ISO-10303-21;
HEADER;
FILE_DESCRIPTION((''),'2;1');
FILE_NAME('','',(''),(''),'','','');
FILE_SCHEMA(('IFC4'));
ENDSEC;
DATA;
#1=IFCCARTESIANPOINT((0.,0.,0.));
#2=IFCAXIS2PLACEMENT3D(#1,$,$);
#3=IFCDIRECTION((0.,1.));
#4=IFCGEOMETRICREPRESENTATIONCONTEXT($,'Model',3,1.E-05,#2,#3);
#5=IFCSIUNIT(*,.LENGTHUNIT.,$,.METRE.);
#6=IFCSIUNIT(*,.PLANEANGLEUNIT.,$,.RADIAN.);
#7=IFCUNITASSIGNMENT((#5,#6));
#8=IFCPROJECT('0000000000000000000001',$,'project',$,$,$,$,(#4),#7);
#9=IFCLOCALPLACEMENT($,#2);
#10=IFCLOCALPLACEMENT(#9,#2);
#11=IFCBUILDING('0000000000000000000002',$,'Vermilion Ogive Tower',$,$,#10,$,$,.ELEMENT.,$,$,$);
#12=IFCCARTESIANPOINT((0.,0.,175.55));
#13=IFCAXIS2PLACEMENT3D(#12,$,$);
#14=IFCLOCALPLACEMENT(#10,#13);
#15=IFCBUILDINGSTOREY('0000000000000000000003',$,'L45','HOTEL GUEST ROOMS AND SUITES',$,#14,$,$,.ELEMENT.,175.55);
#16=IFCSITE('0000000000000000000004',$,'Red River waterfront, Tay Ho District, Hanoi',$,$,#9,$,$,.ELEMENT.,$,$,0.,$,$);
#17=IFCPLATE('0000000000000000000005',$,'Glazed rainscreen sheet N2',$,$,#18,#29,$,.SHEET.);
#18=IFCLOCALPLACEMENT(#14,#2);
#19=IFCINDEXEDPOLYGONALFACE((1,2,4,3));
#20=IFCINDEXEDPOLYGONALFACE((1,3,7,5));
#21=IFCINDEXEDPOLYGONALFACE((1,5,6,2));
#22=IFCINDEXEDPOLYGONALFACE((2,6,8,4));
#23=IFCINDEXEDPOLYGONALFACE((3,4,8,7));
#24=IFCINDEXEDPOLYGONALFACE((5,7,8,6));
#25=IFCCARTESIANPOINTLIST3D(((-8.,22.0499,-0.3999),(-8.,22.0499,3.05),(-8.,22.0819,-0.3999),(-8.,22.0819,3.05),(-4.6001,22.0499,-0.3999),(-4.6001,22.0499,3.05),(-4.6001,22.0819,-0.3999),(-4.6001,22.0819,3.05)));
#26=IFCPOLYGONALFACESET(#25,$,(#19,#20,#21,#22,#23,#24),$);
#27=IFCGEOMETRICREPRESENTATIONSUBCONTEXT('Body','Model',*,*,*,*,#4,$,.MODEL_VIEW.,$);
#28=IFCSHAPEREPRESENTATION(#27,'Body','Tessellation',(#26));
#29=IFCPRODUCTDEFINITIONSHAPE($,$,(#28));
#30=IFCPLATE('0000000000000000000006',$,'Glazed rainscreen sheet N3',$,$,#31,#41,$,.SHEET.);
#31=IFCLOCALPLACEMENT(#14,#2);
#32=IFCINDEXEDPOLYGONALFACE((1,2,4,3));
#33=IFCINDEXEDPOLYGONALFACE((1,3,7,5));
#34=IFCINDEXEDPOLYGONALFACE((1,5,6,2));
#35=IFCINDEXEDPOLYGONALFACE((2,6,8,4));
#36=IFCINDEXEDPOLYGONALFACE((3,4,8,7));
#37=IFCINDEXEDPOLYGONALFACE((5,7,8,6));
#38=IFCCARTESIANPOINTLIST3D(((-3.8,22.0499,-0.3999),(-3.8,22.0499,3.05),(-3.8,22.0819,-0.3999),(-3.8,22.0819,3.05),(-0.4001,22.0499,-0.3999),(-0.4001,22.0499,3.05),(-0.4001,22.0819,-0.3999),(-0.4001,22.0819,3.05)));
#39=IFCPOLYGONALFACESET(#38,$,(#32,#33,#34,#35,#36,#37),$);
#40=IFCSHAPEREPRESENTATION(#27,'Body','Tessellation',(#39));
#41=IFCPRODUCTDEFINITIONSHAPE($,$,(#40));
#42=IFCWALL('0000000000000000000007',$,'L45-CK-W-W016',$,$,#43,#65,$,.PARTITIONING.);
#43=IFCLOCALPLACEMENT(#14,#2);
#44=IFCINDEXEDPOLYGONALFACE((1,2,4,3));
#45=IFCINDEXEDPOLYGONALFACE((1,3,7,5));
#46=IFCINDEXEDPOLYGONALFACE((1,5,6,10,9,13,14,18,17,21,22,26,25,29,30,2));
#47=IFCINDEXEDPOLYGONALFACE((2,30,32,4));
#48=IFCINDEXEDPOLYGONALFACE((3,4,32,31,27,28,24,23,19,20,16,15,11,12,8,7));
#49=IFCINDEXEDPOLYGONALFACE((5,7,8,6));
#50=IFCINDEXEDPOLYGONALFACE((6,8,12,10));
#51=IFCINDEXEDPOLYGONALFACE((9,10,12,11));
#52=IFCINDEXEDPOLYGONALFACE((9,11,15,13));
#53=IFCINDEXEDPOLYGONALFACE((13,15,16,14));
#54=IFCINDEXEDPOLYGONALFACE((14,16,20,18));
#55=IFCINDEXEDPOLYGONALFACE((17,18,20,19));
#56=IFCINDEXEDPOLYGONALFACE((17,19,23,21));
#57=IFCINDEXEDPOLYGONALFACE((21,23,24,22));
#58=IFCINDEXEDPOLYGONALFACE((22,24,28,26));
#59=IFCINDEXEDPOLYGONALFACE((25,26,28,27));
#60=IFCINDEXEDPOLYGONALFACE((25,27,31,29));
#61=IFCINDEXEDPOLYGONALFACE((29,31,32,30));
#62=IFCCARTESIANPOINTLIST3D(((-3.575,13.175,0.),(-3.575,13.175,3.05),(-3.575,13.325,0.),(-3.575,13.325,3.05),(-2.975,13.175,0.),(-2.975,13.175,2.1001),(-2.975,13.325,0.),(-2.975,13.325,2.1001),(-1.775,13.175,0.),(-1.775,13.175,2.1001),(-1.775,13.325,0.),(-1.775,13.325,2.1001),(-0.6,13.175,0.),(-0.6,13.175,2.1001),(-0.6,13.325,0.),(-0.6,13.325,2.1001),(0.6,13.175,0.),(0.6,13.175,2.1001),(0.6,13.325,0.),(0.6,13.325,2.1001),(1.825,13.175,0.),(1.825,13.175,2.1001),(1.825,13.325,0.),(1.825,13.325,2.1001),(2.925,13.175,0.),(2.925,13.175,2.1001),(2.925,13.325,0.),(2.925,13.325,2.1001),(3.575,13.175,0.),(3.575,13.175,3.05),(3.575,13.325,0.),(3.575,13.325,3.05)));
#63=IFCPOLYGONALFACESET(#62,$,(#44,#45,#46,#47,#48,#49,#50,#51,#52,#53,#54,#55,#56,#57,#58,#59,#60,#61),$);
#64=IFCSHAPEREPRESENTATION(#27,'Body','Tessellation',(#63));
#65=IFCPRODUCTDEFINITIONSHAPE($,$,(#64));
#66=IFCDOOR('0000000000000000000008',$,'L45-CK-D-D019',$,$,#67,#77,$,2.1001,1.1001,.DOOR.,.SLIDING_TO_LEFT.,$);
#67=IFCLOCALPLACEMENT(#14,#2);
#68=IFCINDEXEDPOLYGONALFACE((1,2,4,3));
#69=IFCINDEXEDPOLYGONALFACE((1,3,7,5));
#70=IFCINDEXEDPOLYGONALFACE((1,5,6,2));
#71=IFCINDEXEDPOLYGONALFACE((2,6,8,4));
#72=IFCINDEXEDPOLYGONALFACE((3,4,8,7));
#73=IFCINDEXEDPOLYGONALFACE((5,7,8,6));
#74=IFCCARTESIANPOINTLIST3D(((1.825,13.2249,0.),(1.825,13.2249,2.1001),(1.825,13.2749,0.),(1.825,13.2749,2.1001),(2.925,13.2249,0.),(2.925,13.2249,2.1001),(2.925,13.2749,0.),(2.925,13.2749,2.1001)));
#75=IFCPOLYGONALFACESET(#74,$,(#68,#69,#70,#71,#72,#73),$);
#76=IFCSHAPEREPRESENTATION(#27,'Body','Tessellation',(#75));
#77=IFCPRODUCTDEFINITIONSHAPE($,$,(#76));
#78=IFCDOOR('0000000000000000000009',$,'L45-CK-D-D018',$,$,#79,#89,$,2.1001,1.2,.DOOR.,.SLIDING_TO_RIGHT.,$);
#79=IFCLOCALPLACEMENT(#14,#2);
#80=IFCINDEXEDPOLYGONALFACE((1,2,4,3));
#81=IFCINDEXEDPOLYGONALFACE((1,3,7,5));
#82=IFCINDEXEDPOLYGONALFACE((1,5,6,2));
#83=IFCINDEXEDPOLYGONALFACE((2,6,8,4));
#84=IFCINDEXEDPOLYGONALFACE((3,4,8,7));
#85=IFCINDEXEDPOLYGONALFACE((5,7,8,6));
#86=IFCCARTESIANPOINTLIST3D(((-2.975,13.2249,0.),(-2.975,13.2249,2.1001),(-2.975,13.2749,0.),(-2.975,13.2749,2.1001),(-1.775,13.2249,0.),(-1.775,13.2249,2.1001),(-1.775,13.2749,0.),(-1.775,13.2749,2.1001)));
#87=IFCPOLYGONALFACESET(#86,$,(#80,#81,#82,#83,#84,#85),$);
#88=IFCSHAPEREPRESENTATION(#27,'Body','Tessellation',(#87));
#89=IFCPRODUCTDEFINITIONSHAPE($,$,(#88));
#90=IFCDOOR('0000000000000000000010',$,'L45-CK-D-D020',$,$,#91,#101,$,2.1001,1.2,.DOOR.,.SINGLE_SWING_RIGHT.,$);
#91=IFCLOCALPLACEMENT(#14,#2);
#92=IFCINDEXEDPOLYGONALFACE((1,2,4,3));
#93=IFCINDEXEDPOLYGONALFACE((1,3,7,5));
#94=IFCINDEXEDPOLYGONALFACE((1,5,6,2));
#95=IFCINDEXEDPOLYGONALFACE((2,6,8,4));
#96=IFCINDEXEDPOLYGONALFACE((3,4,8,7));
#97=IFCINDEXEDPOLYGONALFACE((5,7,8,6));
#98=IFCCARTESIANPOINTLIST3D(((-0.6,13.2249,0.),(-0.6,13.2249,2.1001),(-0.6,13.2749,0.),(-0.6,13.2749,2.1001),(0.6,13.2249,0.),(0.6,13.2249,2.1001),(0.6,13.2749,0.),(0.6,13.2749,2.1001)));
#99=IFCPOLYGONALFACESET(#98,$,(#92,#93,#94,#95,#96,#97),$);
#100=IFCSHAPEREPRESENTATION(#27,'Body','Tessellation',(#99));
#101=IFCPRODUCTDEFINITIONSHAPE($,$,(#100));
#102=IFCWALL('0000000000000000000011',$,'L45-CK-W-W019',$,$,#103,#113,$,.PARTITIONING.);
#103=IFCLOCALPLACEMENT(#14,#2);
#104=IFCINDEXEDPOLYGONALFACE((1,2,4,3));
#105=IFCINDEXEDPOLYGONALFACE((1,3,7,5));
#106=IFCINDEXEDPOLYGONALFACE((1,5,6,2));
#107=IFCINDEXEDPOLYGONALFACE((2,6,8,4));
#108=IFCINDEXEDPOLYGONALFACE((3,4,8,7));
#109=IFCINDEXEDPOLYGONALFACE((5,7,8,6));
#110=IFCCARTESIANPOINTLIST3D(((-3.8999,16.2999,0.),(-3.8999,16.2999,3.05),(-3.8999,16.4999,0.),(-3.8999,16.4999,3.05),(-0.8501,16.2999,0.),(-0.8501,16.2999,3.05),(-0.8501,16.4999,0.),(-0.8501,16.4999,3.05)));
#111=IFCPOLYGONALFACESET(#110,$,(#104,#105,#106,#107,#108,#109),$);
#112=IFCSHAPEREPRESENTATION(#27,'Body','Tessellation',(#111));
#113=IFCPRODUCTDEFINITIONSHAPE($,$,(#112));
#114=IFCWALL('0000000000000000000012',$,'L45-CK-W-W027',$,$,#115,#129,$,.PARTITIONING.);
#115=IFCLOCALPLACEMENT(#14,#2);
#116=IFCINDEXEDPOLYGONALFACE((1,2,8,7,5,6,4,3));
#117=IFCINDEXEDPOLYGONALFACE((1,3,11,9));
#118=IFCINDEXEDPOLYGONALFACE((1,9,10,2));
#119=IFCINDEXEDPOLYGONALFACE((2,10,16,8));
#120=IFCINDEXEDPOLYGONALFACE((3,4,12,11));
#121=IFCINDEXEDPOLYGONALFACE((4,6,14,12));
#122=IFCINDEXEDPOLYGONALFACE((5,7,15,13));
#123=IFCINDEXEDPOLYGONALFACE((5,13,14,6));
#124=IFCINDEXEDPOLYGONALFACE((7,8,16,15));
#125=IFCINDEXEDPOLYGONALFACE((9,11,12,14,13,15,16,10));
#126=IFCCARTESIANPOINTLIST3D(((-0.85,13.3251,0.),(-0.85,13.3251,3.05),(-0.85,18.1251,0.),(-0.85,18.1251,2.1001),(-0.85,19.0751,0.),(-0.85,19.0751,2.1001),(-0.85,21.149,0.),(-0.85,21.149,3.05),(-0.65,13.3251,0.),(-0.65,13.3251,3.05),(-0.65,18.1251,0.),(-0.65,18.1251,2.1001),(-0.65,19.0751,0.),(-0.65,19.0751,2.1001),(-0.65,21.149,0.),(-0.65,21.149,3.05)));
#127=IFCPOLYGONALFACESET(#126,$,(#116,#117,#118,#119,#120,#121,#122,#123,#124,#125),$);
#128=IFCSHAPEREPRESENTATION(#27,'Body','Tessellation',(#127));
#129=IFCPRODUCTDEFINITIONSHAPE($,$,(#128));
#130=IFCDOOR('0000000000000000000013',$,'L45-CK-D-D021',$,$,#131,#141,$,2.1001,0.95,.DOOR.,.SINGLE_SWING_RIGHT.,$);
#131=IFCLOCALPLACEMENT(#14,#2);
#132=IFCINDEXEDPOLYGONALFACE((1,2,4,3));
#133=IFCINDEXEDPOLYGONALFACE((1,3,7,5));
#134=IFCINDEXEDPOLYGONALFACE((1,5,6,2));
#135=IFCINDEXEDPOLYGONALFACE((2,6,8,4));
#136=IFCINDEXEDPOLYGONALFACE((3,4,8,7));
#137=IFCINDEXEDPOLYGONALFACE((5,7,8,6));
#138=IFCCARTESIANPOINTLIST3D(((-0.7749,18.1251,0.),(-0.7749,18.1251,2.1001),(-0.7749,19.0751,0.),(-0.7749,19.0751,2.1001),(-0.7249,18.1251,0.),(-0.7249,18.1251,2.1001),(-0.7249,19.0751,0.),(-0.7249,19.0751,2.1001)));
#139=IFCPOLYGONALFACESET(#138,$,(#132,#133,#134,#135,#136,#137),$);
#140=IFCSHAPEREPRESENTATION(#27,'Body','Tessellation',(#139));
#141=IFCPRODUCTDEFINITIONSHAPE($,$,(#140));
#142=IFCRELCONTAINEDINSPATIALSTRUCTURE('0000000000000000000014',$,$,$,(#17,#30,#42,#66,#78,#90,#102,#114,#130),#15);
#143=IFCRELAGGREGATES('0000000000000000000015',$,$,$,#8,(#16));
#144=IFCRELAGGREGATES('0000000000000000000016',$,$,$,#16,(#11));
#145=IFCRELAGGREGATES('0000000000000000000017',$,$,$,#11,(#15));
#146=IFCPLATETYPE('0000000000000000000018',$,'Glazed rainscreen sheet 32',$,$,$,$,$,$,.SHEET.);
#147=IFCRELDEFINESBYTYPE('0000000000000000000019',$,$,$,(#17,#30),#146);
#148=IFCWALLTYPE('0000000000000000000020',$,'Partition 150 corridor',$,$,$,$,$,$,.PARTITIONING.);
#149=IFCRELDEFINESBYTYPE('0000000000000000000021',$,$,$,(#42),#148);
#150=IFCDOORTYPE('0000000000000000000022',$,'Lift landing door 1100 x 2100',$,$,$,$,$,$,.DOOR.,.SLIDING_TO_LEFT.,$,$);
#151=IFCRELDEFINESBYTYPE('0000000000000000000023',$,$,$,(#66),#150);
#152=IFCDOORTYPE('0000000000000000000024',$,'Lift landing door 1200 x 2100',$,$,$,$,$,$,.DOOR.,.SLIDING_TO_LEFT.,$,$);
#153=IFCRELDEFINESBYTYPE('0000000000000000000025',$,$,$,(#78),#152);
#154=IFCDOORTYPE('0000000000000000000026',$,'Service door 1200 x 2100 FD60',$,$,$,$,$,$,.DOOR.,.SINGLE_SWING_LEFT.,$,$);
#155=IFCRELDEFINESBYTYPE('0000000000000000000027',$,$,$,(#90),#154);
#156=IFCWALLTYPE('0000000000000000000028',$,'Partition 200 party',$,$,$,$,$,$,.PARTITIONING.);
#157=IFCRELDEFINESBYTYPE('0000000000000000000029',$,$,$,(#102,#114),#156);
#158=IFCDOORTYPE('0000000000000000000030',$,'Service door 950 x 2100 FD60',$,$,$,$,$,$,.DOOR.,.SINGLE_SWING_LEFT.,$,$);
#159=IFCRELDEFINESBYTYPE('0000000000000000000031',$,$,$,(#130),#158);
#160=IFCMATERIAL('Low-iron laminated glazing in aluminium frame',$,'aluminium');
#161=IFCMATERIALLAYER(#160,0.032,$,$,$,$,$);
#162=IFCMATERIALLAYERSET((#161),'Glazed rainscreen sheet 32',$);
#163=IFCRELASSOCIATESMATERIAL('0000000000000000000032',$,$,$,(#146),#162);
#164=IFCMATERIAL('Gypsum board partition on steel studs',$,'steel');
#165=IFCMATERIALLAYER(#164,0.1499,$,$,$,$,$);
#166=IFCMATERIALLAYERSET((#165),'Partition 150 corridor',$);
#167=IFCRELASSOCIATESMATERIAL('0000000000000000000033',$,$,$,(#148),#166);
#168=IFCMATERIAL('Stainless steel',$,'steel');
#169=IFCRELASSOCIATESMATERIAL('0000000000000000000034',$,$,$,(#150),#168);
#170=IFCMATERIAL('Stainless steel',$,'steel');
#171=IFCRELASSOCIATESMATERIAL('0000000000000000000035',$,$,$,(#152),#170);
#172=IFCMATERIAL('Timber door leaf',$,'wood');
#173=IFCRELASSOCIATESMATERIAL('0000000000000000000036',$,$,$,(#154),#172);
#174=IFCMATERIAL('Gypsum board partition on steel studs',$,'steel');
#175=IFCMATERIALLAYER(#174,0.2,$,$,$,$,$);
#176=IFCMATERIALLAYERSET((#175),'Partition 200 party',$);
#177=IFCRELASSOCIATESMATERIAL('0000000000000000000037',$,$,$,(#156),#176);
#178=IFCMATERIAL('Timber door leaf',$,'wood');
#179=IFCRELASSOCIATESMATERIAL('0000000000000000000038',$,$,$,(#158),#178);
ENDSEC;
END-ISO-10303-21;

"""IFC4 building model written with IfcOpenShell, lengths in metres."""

from ifc_helpers import new_model, si_unit, direction, frame, frame_2d, origin, origin_2d, place, context, subcontext, project, spatial, rectangle, extrude, material, layer, layer_set, type_object, element, fill, save


model = new_model("IFC4")

# Units and contexts
model_context = context("Model", 3, precision=1e-05, world=origin(), true_north=direction((0.0, 1.0)))
body_context = subcontext(model_context, "Body", "Model", "MODEL_VIEW")
ifc_project = project(units=[si_unit("LENGTHUNIT", "METRE"), si_unit("PLANEANGLEUNIT", "RADIAN")], contexts=[model_context])

# Site, building, storey
site_placement = place(None, origin())
site = spatial("IfcSite", under=ifc_project, at=site_placement, Name="Red River waterfront, Tay Ho District, Hanoi", CompositionType="ELEMENT", RefElevation=0.0)
building_placement = place(site_placement, origin())
building = spatial("IfcBuilding", under=site, at=building_placement, Name="Vermilion Ogive Tower", CompositionType="ELEMENT")
storey_placement = place(building_placement, frame((0.0, 0.0, 175.55)))
storey = spatial("IfcBuildingStorey", under=building, at=storey_placement, Name="L45", Description="HOTEL GUEST ROOMS AND SUITES", CompositionType="ELEMENT", Elevation=175.55)

# Plates
ifc_material_1 = material(Name="Low-iron laminated glazing in aluminium frame", Category="aluminium")
ifc_layer_1 = layer(ifc_material_1, 0.032)
ifc_layer_set_1 = layer_set([ifc_layer_1], Name="Glazed rainscreen sheet 32")
plate_type = type_object("IfcPlateType", Name="Glazed rainscreen sheet 32", PredefinedType="SHEET", material=ifc_layer_set_1)
for number, where, z_axis, x_axis, name in (
    (1, (-6.3, 22.0659, -0.3999), (0.0, 0.0, 1.0), (1.0, 0.0, 0.0), "Glazed rainscreen sheet N2"),
    (2, (-2.1001, 22.0659, -0.3999), (0.0, 0.0, 1.0), (1.0, 0.0, 0.0), "Glazed rainscreen sheet N3"),
):
    element("IfcPlate", number, at=place(storey_placement, frame(where, z_axis=z_axis, x_axis=x_axis)), inside=storey, type_object=plate_type, Name=name, PredefinedType="SHEET", context=body_context, shape_type="SweptSolid", body=[
        extrude(rectangle(XDim=3.3999, YDim=0.032, at=origin_2d()), origin(), (0.0, 0.0, 1.0), 3.45),
    ])

# Wall, openings, doors
ifc_material_2 = material(Name="Gypsum board partition on steel studs", Category="steel")
ifc_layer_2 = layer(ifc_material_2, 0.1499)
ifc_layer_set_2 = layer_set([ifc_layer_2], Name="Partition 150 corridor")
wall_type_1 = type_object("IfcWallType", Name="Partition 150 corridor", PredefinedType="PARTITIONING", material=ifc_layer_set_2)
wall_1_placement = place(storey_placement, frame((-3.575, 13.25, 0.0), z_axis=(0.0, 0.0, 1.0), x_axis=(1.0, 0.0, 0.0)))
wall_1 = element("IfcWall", 3, at=wall_1_placement, inside=storey, type_object=wall_type_1, Name="L45-CK-W-W016", PredefinedType="PARTITIONING", context=body_context, shape_type="SweptSolid", body=[
    extrude(rectangle(XDim=7.1499, YDim=0.1499, at=frame_2d((3.575, 0.0))), origin(), (0.0, 0.0, 1.0), 3.05),
])
opening_1_placement = place(wall_1_placement, frame((0.5999, 0.0, 0.0)))
opening_1 = element("IfcOpeningElement", 4, at=opening_1_placement, cuts=wall_1, PredefinedType="OPENING", context=body_context, shape_type="SweptSolid", body=[
    extrude(rectangle(XDim=1.2, YDim=2.1001, at=frame_2d((0.6001, 1.05))), frame((0.0, 0.085, 0.0), z_axis=(0.0, -1.0, 0.0), x_axis=(1.0, 0.0, 0.0)), (0.0, 0.0, 1.0), 0.1699),
])
opening_2_placement = place(wall_1_placement, frame((5.3999, 0.0, 0.0)))
opening_2 = element("IfcOpeningElement", 5, at=opening_2_placement, cuts=wall_1, PredefinedType="OPENING", context=body_context, shape_type="SweptSolid", body=[
    extrude(rectangle(XDim=1.1001, YDim=2.1001, at=frame_2d((0.55, 1.05))), frame((0.0, 0.085, 0.0), z_axis=(0.0, -1.0, 0.0), x_axis=(1.0, 0.0, 0.0)), (0.0, 0.0, 1.0), 0.1699),
])
opening_3_placement = place(wall_1_placement, frame((2.9749, 0.0, 0.0)))
opening_3 = element("IfcOpeningElement", 6, at=opening_3_placement, cuts=wall_1, PredefinedType="OPENING", context=body_context, shape_type="SweptSolid", body=[
    extrude(rectangle(XDim=1.2, YDim=2.1001, at=frame_2d((0.6001, 1.05))), frame((0.0, 0.085, 0.0), z_axis=(0.0, -1.0, 0.0), x_axis=(1.0, 0.0, 0.0)), (0.0, 0.0, 1.0), 0.1699),
])
ifc_material_3 = material(Name="Stainless steel", Category="steel")
door_type_1 = type_object("IfcDoorType", Name="Lift landing door 1100 x 2100", OperationType="SLIDING_TO_LEFT", PredefinedType="DOOR", material=ifc_material_3)
door_1_placement = place(opening_2_placement, origin())
door_1 = element("IfcDoor", 7, at=door_1_placement, inside=storey, type_object=door_type_1, Name="L45-CK-D-D019", OperationType="SLIDING_TO_LEFT", OverallHeight=2.1001, OverallWidth=1.1001, PredefinedType="DOOR", context=body_context, shape_type="SweptSolid", body=[
    extrude(rectangle(XDim=1.1001, YDim=2.1001, at=frame_2d((0.55, 1.05))), frame((0.0, 0.0249, 0.0), z_axis=(0.0, -1.0, 0.0), x_axis=(1.0, 0.0, 0.0)), (0.0, 0.0, 1.0), 0.05),
])
fill(opening_2, door_1)
ifc_material_4 = material(Name="Stainless steel", Category="steel")
door_type_2 = type_object("IfcDoorType", Name="Lift landing door 1200 x 2100", OperationType="SLIDING_TO_LEFT", PredefinedType="DOOR", material=ifc_material_4)
door_2_placement = place(opening_1_placement, origin())
door_2 = element("IfcDoor", 8, at=door_2_placement, inside=storey, type_object=door_type_2, Name="L45-CK-D-D018", OperationType="SLIDING_TO_RIGHT", OverallHeight=2.1001, OverallWidth=1.2, PredefinedType="DOOR", context=body_context, shape_type="SweptSolid", body=[
    extrude(rectangle(XDim=1.2, YDim=2.1001, at=frame_2d((0.6001, 1.05))), frame((0.0, 0.0249, 0.0), z_axis=(0.0, -1.0, 0.0), x_axis=(1.0, 0.0, 0.0)), (0.0, 0.0, 1.0), 0.05),
])
fill(opening_1, door_2)
ifc_material_5 = material(Name="Timber door leaf", Category="wood")
door_type_3 = type_object("IfcDoorType", Name="Service door 1200 x 2100 FD60", OperationType="SINGLE_SWING_LEFT", PredefinedType="DOOR", material=ifc_material_5)
door_3_placement = place(opening_3_placement, origin())
door_3 = element("IfcDoor", 9, at=door_3_placement, inside=storey, type_object=door_type_3, Name="L45-CK-D-D020", OperationType="SINGLE_SWING_RIGHT", OverallHeight=2.1001, OverallWidth=1.2, PredefinedType="DOOR", context=body_context, shape_type="SweptSolid", body=[
    extrude(rectangle(XDim=1.2, YDim=2.1001, at=frame_2d((0.6001, 1.05))), frame((0.0, 0.0249, 0.0), z_axis=(0.0, -1.0, 0.0), x_axis=(1.0, 0.0, 0.0)), (0.0, 0.0, 1.0), 0.05),
])
fill(opening_3, door_3)

# Wall
ifc_material_6 = material(Name="Gypsum board partition on steel studs", Category="steel")
ifc_layer_3 = layer(ifc_material_6, 0.2)
ifc_layer_set_3 = layer_set([ifc_layer_3], Name="Partition 200 party")
wall_type_2 = type_object("IfcWallType", Name="Partition 200 party", PredefinedType="PARTITIONING", material=ifc_layer_set_3)
wall_2_placement = place(storey_placement, frame((-3.8999, 16.3999, 0.0), z_axis=(0.0, 0.0, 1.0), x_axis=(1.0, 0.0, 0.0)))
element("IfcWall", 10, at=wall_2_placement, inside=storey, type_object=wall_type_2, Name="L45-CK-W-W019", PredefinedType="PARTITIONING", context=body_context, shape_type="SweptSolid", body=[
    extrude(rectangle(XDim=3.0498, YDim=0.2, at=frame_2d((1.5249, 0.0))), origin(), (0.0, 0.0, 1.0), 3.05),
])

# Wall, opening, door
wall_3_placement = place(storey_placement, frame((-0.75, 13.325, 0.0), z_axis=(0.0, 0.0, 1.0), x_axis=(0.0, 1.0, 0.0)))
wall_3 = element("IfcWall", 11, at=wall_3_placement, inside=storey, type_object=wall_type_2, Name="L45-CK-W-W027", PredefinedType="PARTITIONING", context=body_context, shape_type="SweptSolid", body=[
    extrude(rectangle(XDim=7.824, YDim=0.2, at=frame_2d((3.9121, 0.0))), origin(), (0.0, 0.0, 1.0), 3.05),
])
opening_4_placement = place(wall_3_placement, frame((4.8, 0.0, 0.0)))
opening_4 = element("IfcOpeningElement", 12, at=opening_4_placement, cuts=wall_3, PredefinedType="OPENING", context=body_context, shape_type="SweptSolid", body=[
    extrude(rectangle(XDim=0.95, YDim=2.1001, at=frame_2d((0.4751, 1.05))), frame((0.0, 0.1099, 0.0), z_axis=(0.0, -1.0, 0.0), x_axis=(1.0, 0.0, 0.0)), (0.0, 0.0, 1.0), 0.22),
])
ifc_material_7 = material(Name="Timber door leaf", Category="wood")
door_type_4 = type_object("IfcDoorType", Name="Service door 950 x 2100 FD60", OperationType="SINGLE_SWING_LEFT", PredefinedType="DOOR", material=ifc_material_7)
door_4_placement = place(opening_4_placement, origin())
door_4 = element("IfcDoor", 13, at=door_4_placement, inside=storey, type_object=door_type_4, Name="L45-CK-D-D021", OperationType="SINGLE_SWING_RIGHT", OverallHeight=2.1001, OverallWidth=0.95, PredefinedType="DOOR", context=body_context, shape_type="SweptSolid", body=[
    extrude(rectangle(XDim=0.95, YDim=2.1001, at=frame_2d((0.4751, 1.05))), frame((0.0, 0.0249, 0.0), z_axis=(0.0, -1.0, 0.0), x_axis=(1.0, 0.0, 0.0)), (0.0, 0.0, 1.0), 0.05),
])
fill(opening_4, door_4)

save(model, "model.ifc")
